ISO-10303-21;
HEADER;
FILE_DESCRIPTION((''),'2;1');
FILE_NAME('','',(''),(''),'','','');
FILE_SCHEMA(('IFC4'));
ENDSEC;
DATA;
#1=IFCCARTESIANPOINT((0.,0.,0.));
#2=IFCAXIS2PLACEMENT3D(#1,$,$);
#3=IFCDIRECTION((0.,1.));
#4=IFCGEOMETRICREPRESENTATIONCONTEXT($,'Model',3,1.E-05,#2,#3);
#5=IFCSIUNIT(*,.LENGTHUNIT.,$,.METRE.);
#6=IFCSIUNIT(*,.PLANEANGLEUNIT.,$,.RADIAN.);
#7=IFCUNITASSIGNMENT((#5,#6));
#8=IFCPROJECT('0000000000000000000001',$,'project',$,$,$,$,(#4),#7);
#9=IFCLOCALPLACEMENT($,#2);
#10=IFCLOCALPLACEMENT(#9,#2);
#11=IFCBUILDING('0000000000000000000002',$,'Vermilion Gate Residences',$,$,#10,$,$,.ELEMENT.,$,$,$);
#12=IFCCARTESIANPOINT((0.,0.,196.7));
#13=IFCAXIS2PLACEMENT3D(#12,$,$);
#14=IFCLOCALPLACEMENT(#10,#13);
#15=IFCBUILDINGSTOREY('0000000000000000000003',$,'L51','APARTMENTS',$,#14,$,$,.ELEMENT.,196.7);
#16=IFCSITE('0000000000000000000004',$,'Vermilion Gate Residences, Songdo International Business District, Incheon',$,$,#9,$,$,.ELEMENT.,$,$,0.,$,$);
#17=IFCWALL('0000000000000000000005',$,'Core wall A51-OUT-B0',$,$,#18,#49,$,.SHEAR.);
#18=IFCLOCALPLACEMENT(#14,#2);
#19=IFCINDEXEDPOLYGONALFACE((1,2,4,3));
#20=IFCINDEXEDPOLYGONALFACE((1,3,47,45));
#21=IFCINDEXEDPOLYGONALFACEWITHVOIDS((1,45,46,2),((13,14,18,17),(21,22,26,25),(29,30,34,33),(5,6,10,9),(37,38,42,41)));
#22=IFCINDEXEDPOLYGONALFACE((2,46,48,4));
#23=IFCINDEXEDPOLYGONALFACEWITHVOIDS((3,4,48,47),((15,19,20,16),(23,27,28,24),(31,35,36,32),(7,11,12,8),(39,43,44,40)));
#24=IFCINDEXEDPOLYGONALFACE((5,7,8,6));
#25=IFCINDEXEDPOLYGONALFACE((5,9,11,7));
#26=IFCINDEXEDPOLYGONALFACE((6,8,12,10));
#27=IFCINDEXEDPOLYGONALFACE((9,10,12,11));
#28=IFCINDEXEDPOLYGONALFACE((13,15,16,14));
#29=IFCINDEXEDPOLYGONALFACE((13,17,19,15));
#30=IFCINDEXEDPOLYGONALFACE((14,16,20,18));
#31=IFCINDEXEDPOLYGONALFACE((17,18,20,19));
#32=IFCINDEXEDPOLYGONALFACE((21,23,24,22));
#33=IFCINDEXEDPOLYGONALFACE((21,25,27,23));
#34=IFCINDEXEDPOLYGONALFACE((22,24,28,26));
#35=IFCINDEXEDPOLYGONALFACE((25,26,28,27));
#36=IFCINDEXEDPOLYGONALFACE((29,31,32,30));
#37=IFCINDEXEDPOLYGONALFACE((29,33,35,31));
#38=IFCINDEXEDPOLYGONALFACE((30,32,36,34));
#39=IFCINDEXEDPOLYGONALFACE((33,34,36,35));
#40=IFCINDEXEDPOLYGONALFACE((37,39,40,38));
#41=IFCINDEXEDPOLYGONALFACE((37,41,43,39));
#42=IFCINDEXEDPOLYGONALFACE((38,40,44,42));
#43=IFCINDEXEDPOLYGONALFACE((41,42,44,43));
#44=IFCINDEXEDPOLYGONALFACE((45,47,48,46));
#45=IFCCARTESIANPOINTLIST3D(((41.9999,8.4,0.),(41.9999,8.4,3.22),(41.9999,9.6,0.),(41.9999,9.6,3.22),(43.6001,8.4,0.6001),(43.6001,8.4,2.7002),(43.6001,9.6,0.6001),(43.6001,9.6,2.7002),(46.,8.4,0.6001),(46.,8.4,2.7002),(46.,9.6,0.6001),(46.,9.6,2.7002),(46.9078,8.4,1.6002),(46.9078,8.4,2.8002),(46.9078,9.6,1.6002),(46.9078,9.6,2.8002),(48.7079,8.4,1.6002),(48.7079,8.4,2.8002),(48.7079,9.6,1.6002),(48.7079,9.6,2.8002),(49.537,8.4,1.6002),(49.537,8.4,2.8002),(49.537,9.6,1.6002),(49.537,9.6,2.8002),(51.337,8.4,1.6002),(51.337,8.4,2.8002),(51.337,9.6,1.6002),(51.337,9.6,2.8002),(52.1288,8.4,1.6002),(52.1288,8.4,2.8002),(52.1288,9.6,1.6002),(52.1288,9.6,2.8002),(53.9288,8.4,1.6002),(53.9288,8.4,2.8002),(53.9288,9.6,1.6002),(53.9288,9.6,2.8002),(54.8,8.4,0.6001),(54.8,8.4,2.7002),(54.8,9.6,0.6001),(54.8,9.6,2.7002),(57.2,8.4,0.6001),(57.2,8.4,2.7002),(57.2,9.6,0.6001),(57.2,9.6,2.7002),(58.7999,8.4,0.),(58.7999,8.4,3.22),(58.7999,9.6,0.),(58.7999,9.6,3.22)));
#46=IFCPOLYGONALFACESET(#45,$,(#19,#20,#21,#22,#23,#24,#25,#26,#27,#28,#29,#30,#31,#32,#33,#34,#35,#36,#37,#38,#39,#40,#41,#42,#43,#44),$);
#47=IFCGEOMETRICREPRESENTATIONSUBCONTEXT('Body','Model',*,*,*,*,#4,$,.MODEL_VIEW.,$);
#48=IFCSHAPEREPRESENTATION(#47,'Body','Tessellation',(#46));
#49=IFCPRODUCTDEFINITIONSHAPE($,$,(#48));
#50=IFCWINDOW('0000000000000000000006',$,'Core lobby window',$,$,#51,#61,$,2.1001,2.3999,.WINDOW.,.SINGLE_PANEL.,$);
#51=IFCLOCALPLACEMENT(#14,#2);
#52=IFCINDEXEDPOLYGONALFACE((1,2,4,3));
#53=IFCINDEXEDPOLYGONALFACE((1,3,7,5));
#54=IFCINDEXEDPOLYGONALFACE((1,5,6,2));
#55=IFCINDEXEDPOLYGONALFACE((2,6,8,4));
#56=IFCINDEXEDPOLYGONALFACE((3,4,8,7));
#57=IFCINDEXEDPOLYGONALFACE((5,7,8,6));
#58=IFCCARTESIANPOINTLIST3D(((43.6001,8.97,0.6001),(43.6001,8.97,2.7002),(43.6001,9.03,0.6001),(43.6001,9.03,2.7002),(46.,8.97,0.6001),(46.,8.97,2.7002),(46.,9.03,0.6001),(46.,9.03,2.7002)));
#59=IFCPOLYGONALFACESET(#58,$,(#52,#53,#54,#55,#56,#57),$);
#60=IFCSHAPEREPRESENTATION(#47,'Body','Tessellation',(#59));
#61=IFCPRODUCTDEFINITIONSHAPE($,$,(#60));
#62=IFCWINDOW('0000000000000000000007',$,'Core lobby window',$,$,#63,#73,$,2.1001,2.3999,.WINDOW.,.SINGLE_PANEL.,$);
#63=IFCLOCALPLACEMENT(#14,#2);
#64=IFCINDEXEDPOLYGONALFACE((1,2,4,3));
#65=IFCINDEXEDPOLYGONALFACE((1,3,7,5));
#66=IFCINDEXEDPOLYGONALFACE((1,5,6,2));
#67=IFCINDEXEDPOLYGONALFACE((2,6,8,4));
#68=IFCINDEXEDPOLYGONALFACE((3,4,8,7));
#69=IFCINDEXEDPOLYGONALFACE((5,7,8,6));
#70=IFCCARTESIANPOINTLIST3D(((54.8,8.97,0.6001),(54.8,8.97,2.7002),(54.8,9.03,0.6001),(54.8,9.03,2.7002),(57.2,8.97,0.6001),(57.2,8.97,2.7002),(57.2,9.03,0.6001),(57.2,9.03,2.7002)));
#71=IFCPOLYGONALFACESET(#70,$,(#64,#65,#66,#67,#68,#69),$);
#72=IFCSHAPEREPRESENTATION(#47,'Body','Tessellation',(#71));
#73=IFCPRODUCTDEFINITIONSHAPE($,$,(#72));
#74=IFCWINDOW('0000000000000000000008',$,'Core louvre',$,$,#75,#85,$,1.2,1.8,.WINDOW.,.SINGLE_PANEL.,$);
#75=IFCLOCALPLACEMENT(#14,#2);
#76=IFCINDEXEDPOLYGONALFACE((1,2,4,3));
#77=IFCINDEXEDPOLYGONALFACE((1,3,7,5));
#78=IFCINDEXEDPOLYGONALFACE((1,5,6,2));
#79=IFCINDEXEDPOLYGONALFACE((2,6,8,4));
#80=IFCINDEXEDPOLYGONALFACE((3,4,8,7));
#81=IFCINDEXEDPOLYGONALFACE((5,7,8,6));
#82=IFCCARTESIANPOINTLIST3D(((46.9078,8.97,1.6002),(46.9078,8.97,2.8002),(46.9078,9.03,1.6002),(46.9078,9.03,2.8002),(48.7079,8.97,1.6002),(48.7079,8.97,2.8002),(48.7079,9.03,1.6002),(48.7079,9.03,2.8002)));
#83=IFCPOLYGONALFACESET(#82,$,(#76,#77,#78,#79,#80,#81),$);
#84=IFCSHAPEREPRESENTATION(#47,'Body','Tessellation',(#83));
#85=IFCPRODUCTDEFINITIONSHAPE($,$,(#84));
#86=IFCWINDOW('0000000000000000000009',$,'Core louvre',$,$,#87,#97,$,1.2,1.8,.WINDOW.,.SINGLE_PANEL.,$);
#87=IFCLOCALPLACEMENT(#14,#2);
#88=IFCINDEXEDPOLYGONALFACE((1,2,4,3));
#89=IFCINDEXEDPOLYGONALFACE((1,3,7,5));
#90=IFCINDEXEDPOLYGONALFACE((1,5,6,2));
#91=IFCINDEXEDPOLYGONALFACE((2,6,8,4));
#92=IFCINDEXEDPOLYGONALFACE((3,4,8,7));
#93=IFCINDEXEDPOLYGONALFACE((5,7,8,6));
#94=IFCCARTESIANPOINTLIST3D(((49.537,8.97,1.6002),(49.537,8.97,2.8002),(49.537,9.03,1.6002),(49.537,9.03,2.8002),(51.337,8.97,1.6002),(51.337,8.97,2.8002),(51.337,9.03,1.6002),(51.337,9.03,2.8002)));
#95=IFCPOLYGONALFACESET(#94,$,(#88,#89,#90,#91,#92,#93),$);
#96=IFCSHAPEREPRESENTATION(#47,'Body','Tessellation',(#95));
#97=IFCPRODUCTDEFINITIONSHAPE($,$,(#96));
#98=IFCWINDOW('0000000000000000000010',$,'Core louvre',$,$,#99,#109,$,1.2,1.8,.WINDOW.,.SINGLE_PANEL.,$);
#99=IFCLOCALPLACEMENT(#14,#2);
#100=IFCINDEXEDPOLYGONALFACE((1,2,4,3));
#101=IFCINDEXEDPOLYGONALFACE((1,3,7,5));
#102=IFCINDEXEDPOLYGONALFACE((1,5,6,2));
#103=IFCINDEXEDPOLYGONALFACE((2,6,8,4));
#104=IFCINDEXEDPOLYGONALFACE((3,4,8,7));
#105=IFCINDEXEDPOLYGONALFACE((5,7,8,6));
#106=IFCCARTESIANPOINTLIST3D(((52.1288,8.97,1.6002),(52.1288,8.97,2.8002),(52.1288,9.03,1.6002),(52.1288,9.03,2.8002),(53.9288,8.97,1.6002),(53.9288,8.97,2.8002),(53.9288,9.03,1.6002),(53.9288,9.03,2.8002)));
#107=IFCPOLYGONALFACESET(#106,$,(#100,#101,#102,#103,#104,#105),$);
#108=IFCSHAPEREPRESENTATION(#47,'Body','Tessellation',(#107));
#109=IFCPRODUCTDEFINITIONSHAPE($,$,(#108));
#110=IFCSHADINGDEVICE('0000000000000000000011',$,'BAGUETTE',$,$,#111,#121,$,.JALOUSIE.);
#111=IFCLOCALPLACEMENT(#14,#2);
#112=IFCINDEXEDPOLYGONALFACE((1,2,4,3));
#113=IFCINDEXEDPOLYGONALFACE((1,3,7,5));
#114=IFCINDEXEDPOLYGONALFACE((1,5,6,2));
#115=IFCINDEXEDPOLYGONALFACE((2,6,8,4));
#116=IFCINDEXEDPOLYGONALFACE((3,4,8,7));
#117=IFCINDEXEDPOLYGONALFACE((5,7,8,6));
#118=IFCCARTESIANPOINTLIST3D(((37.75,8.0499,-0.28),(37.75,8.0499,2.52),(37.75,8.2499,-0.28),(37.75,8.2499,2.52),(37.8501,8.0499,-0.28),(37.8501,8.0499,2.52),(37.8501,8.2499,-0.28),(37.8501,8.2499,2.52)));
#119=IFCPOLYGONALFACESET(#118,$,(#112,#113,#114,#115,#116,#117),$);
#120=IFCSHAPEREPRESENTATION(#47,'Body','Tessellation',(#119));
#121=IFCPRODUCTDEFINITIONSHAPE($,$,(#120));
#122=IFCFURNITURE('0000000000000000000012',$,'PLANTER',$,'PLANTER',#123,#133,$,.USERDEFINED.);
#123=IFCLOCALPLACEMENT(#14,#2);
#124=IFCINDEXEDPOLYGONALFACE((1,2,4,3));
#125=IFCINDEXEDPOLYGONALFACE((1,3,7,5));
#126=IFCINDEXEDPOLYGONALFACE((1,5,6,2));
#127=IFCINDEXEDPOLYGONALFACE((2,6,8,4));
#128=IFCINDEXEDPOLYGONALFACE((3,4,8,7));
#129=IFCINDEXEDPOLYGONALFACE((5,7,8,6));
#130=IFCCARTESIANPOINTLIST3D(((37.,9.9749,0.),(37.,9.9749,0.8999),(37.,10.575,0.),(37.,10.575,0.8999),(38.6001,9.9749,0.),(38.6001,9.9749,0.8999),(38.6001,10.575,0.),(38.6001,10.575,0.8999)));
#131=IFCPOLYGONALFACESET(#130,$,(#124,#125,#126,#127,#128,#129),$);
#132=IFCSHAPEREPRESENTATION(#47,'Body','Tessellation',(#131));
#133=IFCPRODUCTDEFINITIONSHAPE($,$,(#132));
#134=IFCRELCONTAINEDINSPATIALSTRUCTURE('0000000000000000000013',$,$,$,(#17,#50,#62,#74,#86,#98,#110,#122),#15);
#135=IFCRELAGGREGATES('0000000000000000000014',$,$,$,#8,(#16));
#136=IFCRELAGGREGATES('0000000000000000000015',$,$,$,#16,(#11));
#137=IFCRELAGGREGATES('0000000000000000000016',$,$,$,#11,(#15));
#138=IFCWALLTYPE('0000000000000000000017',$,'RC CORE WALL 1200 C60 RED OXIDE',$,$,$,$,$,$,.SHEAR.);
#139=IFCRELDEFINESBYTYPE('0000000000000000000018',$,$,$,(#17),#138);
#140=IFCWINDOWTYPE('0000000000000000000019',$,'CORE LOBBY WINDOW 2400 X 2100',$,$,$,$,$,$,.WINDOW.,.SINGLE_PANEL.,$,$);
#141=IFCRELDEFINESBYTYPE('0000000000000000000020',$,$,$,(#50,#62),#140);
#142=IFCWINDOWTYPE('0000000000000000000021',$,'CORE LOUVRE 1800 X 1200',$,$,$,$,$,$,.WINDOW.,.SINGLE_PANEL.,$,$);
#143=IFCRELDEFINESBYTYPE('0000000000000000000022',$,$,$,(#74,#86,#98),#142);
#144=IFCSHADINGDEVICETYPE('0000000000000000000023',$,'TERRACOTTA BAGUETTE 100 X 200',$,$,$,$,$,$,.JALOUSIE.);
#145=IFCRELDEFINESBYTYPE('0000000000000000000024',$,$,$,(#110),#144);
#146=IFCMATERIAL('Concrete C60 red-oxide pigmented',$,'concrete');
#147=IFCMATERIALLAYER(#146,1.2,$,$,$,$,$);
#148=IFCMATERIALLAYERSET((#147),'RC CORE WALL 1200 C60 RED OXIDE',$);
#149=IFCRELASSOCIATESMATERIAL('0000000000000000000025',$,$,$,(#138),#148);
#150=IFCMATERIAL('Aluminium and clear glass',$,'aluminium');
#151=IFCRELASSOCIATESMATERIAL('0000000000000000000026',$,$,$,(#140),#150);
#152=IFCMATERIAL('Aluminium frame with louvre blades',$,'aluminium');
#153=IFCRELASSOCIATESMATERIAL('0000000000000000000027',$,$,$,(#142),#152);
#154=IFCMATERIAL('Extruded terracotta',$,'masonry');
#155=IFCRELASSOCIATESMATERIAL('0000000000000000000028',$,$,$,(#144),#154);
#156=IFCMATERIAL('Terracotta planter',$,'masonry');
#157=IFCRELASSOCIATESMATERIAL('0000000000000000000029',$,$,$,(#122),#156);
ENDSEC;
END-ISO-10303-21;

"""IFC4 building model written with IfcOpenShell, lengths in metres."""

from ifc_helpers import new_model, si_unit, direction, frame, frame_2d, origin, origin_2d, place, context, subcontext, project, spatial, rectangle, extrude, material, layer, layer_set, material_profile, profile_set, type_object, element, fill, save


model = new_model("IFC4")

# Units and contexts
model_context = context("Model", 3, precision=1e-05, world=origin(), true_north=direction((0.0, 1.0)))
body_context = subcontext(model_context, "Body", "Model", "MODEL_VIEW")
ifc_project = project(units=[si_unit("LENGTHUNIT", "METRE"), si_unit("PLANEANGLEUNIT", "RADIAN")], contexts=[model_context])

# Site, building, storey
site_placement = place(None, origin())
site = spatial("IfcSite", under=ifc_project, at=site_placement, Name="Vermilion Gate Residences, Songdo International Business District, Incheon", CompositionType="ELEMENT", RefElevation=0.0)
building_placement = place(site_placement, origin())
building = spatial("IfcBuilding", under=site, at=building_placement, Name="Vermilion Gate Residences", CompositionType="ELEMENT")
storey_placement = place(building_placement, frame((0.0, 0.0, 196.7)))
storey = spatial("IfcBuildingStorey", under=building, at=storey_placement, Name="L51", Description="APARTMENTS", CompositionType="ELEMENT", Elevation=196.7)

# Wall, openings, windows
ifc_material_1 = material(Name="Concrete C60 red-oxide pigmented", Category="concrete")
ifc_layer_1 = layer(ifc_material_1, 1.2)
ifc_layer_set_1 = layer_set([ifc_layer_1], Name="RC CORE WALL 1200 C60 RED OXIDE")
wall_type_1 = type_object("IfcWallType", Name="RC CORE WALL 1200 C60 RED OXIDE", PredefinedType="SHEAR", material=ifc_layer_set_1)
wall_1_placement = place(storey_placement, frame((42.0, 9.0, 0.0), z_axis=(0.0, 0.0, 1.0), x_axis=(1.0, 0.0, 0.0)))
wall_1 = element("IfcWall", 1, at=wall_1_placement, inside=storey, type_object=wall_type_1, Name="Core wall A51-OUT-B0", PredefinedType="SHEAR", context=body_context, shape_type="SweptSolid", body=[
    extrude(rectangle(XDim=16.8, YDim=1.2, at=frame_2d((8.3999, 0.0))), origin(), (0.0, 0.0, 1.0), 3.22),
])
opening_1_placement = place(wall_1_placement, frame((1.6001, 0.0, 0.6001)))
opening_1 = element("IfcOpeningElement", 2, at=opening_1_placement, cuts=wall_1, PredefinedType="OPENING", context=body_context, shape_type="SweptSolid", body=[
    extrude(rectangle(XDim=2.3999, YDim=2.1001, at=frame_2d((1.2, 1.05))), frame((0.0, 0.6099, 0.0), z_axis=(0.0, -1.0, 0.0), x_axis=(1.0, 0.0, 0.0)), (0.0, 0.0, 1.0), 1.22),
])
opening_2_placement = place(wall_1_placement, frame((4.908, 0.0, 1.6001)))
opening_2 = element("IfcOpeningElement", 3, at=opening_2_placement, cuts=wall_1, PredefinedType="OPENING", context=body_context, shape_type="SweptSolid", body=[
    extrude(rectangle(XDim=1.8, YDim=1.2, at=frame_2d((0.8999, 0.6001))), frame((0.0, 0.6099, 0.0), z_axis=(0.0, -1.0, 0.0), x_axis=(1.0, 0.0, 0.0)), (0.0, 0.0, 1.0), 1.22),
])
opening_3_placement = place(wall_1_placement, frame((7.5371, 0.0, 1.6001)))
opening_3 = element("IfcOpeningElement", 4, at=opening_3_placement, cuts=wall_1, PredefinedType="OPENING", context=body_context, shape_type="SweptSolid", body=[
    extrude(rectangle(XDim=1.8, YDim=1.2, at=frame_2d((0.8999, 0.6001))), frame((0.0, 0.6099, 0.0), z_axis=(0.0, -1.0, 0.0), x_axis=(1.0, 0.0, 0.0)), (0.0, 0.0, 1.0), 1.22),
])
opening_4_placement = place(wall_1_placement, frame((10.1289, 0.0, 1.6001)))
opening_4 = element("IfcOpeningElement", 5, at=opening_4_placement, cuts=wall_1, PredefinedType="OPENING", context=body_context, shape_type="SweptSolid", body=[
    extrude(rectangle(XDim=1.8, YDim=1.2, at=frame_2d((0.8999, 0.6001))), frame((0.0, 0.6099, 0.0), z_axis=(0.0, -1.0, 0.0), x_axis=(1.0, 0.0, 0.0)), (0.0, 0.0, 1.0), 1.22),
])
opening_5_placement = place(wall_1_placement, frame((12.8, 0.0, 0.6001)))
opening_5 = element("IfcOpeningElement", 6, at=opening_5_placement, cuts=wall_1, PredefinedType="OPENING", context=body_context, shape_type="SweptSolid", body=[
    extrude(rectangle(XDim=2.3999, YDim=2.1001, at=frame_2d((1.2, 1.05))), frame((0.0, 0.6099, 0.0), z_axis=(0.0, -1.0, 0.0), x_axis=(1.0, 0.0, 0.0)), (0.0, 0.0, 1.0), 1.22),
])
ifc_material_2 = material(Name="Aluminium and clear glass", Category="aluminium")
window_type_1 = type_object("IfcWindowType", Name="CORE LOBBY WINDOW 2400 X 2100", PartitioningType="SINGLE_PANEL", PredefinedType="WINDOW", material=ifc_material_2)
window_1_placement = place(opening_1_placement, origin())
window_1 = element("IfcWindow", 7, at=window_1_placement, inside=storey, type_object=window_type_1, Name="Core lobby window", OverallHeight=2.1001, OverallWidth=2.3999, PartitioningType="SINGLE_PANEL", PredefinedType="WINDOW", context=body_context, shape_type="SweptSolid", body=[
    extrude(rectangle(XDim=2.3999, YDim=2.1001, at=frame_2d((1.2, 1.05))), frame((0.0, 0.03, 0.0), z_axis=(0.0, -1.0, 0.0), x_axis=(1.0, 0.0, 0.0)), (0.0, 0.0, 1.0), 0.0601),
])
fill(opening_1, window_1)
window_2_placement = place(opening_5_placement, origin())
window_2 = element("IfcWindow", 8, at=window_2_placement, inside=storey, type_object=window_type_1, Name="Core lobby window", OverallHeight=2.1001, OverallWidth=2.3999, PartitioningType="SINGLE_PANEL", PredefinedType="WINDOW", context=body_context, shape_type="SweptSolid", body=[
    extrude(rectangle(XDim=2.3999, YDim=2.1001, at=frame_2d((1.2, 1.05))), frame((0.0, 0.03, 0.0), z_axis=(0.0, -1.0, 0.0), x_axis=(1.0, 0.0, 0.0)), (0.0, 0.0, 1.0), 0.0601),
])
fill(opening_5, window_2)
ifc_material_3 = material(Name="Aluminium frame with louvre blades", Category="aluminium")
window_type_2 = type_object("IfcWindowType", Name="CORE LOUVRE 1800 X 1200", PartitioningType="SINGLE_PANEL", PredefinedType="WINDOW", material=ifc_material_3)
window_3_placement = place(opening_2_placement, origin())
window_3 = element("IfcWindow", 9, at=window_3_placement, inside=storey, type_object=window_type_2, Name="Core louvre", OverallHeight=1.2, OverallWidth=1.8, PartitioningType="SINGLE_PANEL", PredefinedType="WINDOW", context=body_context, shape_type="SweptSolid", body=[
    extrude(rectangle(XDim=1.8, YDim=1.2, at=frame_2d((0.8999, 0.6001))), frame((0.0, 0.03, 0.0), z_axis=(0.0, -1.0, 0.0), x_axis=(1.0, 0.0, 0.0)), (0.0, 0.0, 1.0), 0.0601),
])
fill(opening_2, window_3)
window_4_placement = place(opening_3_placement, origin())
window_4 = element("IfcWindow", 10, at=window_4_placement, inside=storey, type_object=window_type_2, Name="Core louvre", OverallHeight=1.2, OverallWidth=1.8, PartitioningType="SINGLE_PANEL", PredefinedType="WINDOW", context=body_context, shape_type="SweptSolid", body=[
    extrude(rectangle(XDim=1.8, YDim=1.2, at=frame_2d((0.8999, 0.6001))), frame((0.0, 0.03, 0.0), z_axis=(0.0, -1.0, 0.0), x_axis=(1.0, 0.0, 0.0)), (0.0, 0.0, 1.0), 0.0601),
])
fill(opening_3, window_4)
window_5_placement = place(opening_4_placement, origin())
window_5 = element("IfcWindow", 11, at=window_5_placement, inside=storey, type_object=window_type_2, Name="Core louvre", OverallHeight=1.2, OverallWidth=1.8, PartitioningType="SINGLE_PANEL", PredefinedType="WINDOW", context=body_context, shape_type="SweptSolid", body=[
    extrude(rectangle(XDim=1.8, YDim=1.2, at=frame_2d((0.8999, 0.6001))), frame((0.0, 0.03, 0.0), z_axis=(0.0, -1.0, 0.0), x_axis=(1.0, 0.0, 0.0)), (0.0, 0.0, 1.0), 0.0601),
])
fill(opening_4, window_5)

# Shading device
ifc_material_4 = material(Name="Extruded terracotta", Category="masonry")
ifc_material_profile_1 = material_profile(ifc_material_4, rectangle(XDim=0.2, YDim=0.1001, at=origin_2d()), Name="BAGUETTE 100 X 200")
ifc_profile_set_1 = profile_set([ifc_material_profile_1], Name="Extruded terracotta")
shading_device_type = type_object("IfcShadingDeviceType", Name="TERRACOTTA BAGUETTE 100 X 200", PredefinedType="JALOUSIE", material=ifc_profile_set_1)
shading_device_placement = place(storey_placement, frame((37.8, 8.1499, -0.28), z_axis=(0.0, 0.0, 1.0), x_axis=(0.0, 1.0, 0.0)))
element("IfcShadingDevice", 12, at=shading_device_placement, inside=storey, type_object=shading_device_type, Name="BAGUETTE", PredefinedType="JALOUSIE", context=body_context, shape_type="SweptSolid", body=[
    extrude(rectangle(XDim=0.2, YDim=0.1001, at=origin_2d()), origin(), (0.0, 0.0, 1.0), 2.8),
])

# Furniture
ifc_material_5 = material(Name="Terracotta planter", Category="masonry")
furniture_placement = place(storey_placement, frame((37.8, 10.2749, 0.0), z_axis=(0.0, 0.0, 1.0), x_axis=(1.0, 0.0, 0.0)))
element("IfcFurniture", 13, at=furniture_placement, inside=storey, material=ifc_material_5, Name="PLANTER", ObjectType="PLANTER", PredefinedType="USERDEFINED", context=body_context, shape_type="SweptSolid", body=[
    extrude(rectangle(XDim=1.6001, YDim=0.6001, at=origin_2d()), origin(), (0.0, 0.0, 1.0), 0.8999),
])

save(model, "model.ifc")
